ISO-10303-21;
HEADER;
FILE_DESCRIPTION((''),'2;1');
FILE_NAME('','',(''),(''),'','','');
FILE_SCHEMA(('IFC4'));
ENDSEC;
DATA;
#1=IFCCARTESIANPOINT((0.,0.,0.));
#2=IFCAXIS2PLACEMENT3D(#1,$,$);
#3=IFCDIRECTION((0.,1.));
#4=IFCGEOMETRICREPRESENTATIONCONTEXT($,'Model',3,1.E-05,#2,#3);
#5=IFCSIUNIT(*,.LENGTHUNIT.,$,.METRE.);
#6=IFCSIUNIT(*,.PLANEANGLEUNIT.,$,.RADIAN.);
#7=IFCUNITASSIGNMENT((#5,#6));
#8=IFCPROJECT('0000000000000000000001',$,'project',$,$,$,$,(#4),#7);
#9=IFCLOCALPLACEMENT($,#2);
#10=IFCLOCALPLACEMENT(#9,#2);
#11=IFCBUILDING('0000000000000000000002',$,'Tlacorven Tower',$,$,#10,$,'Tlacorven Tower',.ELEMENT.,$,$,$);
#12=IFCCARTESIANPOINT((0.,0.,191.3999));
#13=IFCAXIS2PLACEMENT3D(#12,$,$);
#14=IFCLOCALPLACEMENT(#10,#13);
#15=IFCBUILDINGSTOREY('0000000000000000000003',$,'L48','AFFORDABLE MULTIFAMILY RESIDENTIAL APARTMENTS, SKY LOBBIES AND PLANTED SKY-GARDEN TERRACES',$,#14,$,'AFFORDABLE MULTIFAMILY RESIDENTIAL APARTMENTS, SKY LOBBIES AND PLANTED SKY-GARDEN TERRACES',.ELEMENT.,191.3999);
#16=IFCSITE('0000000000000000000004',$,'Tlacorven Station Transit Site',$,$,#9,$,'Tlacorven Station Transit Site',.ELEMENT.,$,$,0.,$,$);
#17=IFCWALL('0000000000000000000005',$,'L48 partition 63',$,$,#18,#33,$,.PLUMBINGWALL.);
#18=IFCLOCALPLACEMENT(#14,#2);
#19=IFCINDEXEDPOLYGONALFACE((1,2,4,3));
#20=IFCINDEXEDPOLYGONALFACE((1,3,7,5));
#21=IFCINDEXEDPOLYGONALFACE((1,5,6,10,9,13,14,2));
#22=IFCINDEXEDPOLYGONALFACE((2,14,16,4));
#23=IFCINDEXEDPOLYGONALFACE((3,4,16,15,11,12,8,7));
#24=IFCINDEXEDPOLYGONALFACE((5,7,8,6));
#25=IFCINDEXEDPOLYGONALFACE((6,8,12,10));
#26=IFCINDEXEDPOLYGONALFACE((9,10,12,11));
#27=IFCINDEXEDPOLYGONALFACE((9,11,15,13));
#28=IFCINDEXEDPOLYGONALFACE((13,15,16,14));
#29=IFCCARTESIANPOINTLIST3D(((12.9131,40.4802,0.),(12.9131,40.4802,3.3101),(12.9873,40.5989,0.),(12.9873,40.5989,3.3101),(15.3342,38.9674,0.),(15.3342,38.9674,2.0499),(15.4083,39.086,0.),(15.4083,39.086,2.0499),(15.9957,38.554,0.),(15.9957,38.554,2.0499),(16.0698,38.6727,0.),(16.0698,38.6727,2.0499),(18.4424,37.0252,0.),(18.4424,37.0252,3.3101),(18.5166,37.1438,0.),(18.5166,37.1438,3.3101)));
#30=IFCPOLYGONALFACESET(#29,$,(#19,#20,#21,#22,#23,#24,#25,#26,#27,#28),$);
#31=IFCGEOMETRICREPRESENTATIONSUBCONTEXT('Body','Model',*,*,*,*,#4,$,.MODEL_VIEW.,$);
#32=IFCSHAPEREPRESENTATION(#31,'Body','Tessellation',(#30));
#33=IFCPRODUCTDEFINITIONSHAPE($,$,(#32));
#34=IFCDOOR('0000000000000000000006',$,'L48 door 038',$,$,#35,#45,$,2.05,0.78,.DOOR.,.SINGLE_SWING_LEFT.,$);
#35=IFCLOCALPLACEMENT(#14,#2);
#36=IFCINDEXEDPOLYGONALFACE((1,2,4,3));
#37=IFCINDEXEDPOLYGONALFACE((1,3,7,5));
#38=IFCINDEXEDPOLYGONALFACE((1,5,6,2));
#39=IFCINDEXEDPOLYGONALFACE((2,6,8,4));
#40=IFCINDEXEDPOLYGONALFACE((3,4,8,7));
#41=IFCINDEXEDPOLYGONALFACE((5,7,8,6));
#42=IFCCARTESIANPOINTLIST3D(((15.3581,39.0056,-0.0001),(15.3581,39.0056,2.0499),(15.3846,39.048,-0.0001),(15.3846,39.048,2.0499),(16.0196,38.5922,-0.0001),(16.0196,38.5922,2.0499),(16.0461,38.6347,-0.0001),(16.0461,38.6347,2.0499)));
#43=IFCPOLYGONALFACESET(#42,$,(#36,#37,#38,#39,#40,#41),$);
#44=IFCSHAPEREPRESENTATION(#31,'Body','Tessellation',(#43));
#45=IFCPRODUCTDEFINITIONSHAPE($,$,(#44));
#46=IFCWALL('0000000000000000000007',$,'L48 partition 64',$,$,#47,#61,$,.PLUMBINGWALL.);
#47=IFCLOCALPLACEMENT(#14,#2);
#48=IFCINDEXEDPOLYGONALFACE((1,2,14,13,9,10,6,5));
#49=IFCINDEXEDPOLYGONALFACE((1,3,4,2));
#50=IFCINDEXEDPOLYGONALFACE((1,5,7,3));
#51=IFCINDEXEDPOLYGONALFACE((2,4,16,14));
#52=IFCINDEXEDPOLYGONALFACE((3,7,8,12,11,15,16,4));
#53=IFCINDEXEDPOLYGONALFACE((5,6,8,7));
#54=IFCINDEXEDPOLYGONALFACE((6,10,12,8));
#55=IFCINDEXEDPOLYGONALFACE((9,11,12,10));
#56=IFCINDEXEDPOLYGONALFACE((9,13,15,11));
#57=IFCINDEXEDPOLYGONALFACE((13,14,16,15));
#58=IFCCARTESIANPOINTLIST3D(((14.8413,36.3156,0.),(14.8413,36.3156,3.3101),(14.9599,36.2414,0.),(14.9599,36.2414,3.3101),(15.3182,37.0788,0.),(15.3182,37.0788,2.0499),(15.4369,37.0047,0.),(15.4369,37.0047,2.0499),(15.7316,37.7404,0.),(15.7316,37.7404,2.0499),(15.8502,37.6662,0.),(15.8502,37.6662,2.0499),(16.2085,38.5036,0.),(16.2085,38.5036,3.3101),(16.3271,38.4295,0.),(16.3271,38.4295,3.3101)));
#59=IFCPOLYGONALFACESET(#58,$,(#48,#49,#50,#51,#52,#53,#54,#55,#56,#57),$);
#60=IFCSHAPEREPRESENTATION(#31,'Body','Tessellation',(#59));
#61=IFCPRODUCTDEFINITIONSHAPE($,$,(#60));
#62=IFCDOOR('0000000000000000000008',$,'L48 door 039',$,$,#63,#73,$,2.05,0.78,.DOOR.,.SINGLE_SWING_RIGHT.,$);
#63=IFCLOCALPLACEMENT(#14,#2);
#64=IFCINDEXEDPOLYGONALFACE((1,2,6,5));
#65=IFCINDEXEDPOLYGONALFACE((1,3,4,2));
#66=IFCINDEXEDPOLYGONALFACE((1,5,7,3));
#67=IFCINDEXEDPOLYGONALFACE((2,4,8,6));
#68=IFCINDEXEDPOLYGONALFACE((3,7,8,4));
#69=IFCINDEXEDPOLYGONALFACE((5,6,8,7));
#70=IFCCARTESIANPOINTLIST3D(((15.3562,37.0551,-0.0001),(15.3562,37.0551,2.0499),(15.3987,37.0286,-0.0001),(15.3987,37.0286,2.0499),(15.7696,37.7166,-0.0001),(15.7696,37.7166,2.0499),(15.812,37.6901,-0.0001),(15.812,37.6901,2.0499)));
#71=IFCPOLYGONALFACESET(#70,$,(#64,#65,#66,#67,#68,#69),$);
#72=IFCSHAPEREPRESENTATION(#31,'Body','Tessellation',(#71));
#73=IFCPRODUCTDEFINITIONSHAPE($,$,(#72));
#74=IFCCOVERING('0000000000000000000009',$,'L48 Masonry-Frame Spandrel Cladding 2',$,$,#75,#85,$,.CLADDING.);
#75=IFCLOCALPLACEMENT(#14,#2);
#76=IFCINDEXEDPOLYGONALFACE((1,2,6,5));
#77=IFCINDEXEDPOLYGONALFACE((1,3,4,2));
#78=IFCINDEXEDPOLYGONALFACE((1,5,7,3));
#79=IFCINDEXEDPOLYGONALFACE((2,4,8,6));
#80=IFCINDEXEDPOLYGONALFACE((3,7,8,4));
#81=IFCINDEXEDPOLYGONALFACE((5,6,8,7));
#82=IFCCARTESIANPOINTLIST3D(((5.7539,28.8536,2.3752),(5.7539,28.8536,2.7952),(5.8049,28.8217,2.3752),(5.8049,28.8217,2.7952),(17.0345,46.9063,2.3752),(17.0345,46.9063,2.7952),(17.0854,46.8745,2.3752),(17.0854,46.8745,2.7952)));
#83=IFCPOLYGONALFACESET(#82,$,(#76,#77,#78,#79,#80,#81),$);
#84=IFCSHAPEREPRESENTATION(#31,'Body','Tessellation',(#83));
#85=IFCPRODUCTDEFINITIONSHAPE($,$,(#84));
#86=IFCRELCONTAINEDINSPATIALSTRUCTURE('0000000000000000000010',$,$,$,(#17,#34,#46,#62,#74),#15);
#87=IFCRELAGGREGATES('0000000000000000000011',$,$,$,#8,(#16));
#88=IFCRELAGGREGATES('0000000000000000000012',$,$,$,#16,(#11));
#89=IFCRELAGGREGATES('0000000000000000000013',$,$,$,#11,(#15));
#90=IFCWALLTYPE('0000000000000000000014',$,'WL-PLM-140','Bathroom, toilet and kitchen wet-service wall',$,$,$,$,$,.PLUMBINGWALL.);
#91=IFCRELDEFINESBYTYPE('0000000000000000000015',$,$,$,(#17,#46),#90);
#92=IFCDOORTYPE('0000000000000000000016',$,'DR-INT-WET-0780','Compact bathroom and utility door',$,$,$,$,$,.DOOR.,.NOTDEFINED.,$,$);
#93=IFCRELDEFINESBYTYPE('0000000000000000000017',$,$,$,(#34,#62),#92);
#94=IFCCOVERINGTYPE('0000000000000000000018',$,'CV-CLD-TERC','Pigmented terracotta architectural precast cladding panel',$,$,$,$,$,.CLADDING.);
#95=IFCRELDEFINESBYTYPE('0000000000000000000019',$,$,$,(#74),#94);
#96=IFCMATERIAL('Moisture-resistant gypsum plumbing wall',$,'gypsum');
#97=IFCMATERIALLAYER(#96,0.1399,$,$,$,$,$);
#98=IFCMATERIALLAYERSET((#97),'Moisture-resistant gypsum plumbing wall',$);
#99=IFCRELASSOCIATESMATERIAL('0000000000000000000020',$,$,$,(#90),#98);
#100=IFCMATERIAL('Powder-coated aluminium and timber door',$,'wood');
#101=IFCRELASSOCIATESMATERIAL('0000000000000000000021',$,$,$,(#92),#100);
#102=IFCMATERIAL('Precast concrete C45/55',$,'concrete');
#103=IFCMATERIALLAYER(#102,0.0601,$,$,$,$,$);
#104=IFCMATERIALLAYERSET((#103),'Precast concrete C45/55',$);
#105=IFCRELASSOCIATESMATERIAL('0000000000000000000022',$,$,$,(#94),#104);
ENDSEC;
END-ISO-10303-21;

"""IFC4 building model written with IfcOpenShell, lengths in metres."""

from ifc_helpers import new_model, si_unit, direction, frame, frame_2d, origin, origin_2d, place, context, subcontext, project, spatial, rectangle, extrude, source, transform, mapped, material, layer, layer_set, type_object, element, fill, save


model = new_model("IFC4")

# Units and contexts
model_context = context("Model", 3, precision=1e-05, world=origin(), true_north=direction((0.0, 1.0)))
body_context = subcontext(model_context, "Body", "Model", "MODEL_VIEW")
ifc_project = project(units=[si_unit("LENGTHUNIT", "METRE"), si_unit("PLANEANGLEUNIT", "RADIAN")], contexts=[model_context])

# Site, building, storey
site_placement = place(None, origin())
site = spatial("IfcSite", under=ifc_project, at=site_placement, Name="Tlacorven Station Transit Site", LongName="Tlacorven Station Transit Site", CompositionType="ELEMENT", RefElevation=0.0)
building_placement = place(site_placement, origin())
building = spatial("IfcBuilding", under=site, at=building_placement, Name="Tlacorven Tower", LongName="Tlacorven Tower", CompositionType="ELEMENT")
storey_placement = place(building_placement, frame((0.0, 0.0, 191.3999)))
storey = spatial("IfcBuildingStorey", under=building, at=storey_placement, Name="L48", Description="AFFORDABLE MULTIFAMILY RESIDENTIAL APARTMENTS, SKY LOBBIES AND PLANTED SKY-GARDEN TERRACES", LongName="AFFORDABLE MULTIFAMILY RESIDENTIAL APARTMENTS, SKY LOBBIES AND PLANTED SKY-GARDEN TERRACES", CompositionType="ELEMENT", Elevation=191.3999)

# Walls, openings, doors
ifc_material_1 = material(Name="Moisture-resistant gypsum plumbing wall", Category="gypsum")
ifc_layer_1 = layer(ifc_material_1, 0.1399)
ifc_layer_set_1 = layer_set([ifc_layer_1], Name="Moisture-resistant gypsum plumbing wall")
wall_type_1 = type_object("IfcWallType", Name="WL-PLM-140", Description="Bathroom, toilet and kitchen wet-service wall", PredefinedType="PLUMBINGWALL", material=ifc_layer_set_1)
wall_1_placement = place(storey_placement, frame((18.4795, 37.0845, 0.0), z_axis=(0.0, 0.0, 1.0), x_axis=(-0.848049, 0.529918, 0.0)))
wall_1 = element("IfcWall", 1, at=wall_1_placement, inside=storey, type_object=wall_type_1, Name="L48 partition 63", PredefinedType="PLUMBINGWALL", context=body_context, shape_type="SweptSolid", body=[
    extrude(rectangle(XDim=6.52, YDim=0.1399, at=frame_2d((3.26, 0.0))), origin(), (0.0, 0.0, 1.0), 3.3101),
])
opening_1_placement = place(wall_1_placement, frame((2.885, 0.0, 0.0)))
opening_1 = element("IfcOpeningElement", 2, at=opening_1_placement, cuts=wall_1, PredefinedType="OPENING", context=body_context, shape_type="SweptSolid", body=[
    extrude(rectangle(XDim=0.78, YDim=2.05, at=frame_2d((0.3901, 1.0249))), frame((0.0, 0.0801, 0.0), z_axis=(0.0, -1.0, 0.0), x_axis=(1.0, 0.0, 0.0)), (0.0, 0.0, 1.0), 0.1599),
])
ifc_material_2 = material(Name="Powder-coated aluminium and timber door", Category="wood")
door_type = type_object("IfcDoorType", Name="DR-INT-WET-0780", Description="Compact bathroom and utility door", OperationType="NOTDEFINED", PredefinedType="DOOR", material=ifc_material_2)
shared_shape_1 = source(origin(), body_context, "Body", "SweptSolid", [
    extrude(rectangle(XDim=0.78, YDim=2.05, at=frame_2d((0.3901, 1.0249))), frame((0.0, 0.0249, 0.0), z_axis=(0.0, -1.0, 0.0), x_axis=(1.0, 0.0, 0.0)), (0.0, 0.0, 1.0), 0.05),
])
door_1_placement = place(opening_1_placement, origin())
door_1 = element("IfcDoor", 3, at=door_1_placement, inside=storey, type_object=door_type, Name="L48 door 038", OperationType="SINGLE_SWING_LEFT", OverallHeight=2.05, OverallWidth=0.78, PredefinedType="DOOR", context=body_context, shape_type="MappedRepresentation", body=[
    mapped(shared_shape_1, transform((0.0, 0.0, 0.0), scale=1.0)),
])
fill(opening_1, door_1)
wall_2_placement = place(storey_placement, frame((16.2678, 38.4666, 0.0), z_axis=(0.0, 0.0, 1.0), x_axis=(-0.529914, -0.848051, 0.0)))
wall_2 = element("IfcWall", 4, at=wall_2_placement, inside=storey, type_object=wall_type_1, Name="L48 partition 64", PredefinedType="PLUMBINGWALL", context=body_context, shape_type="SweptSolid", body=[
    extrude(rectangle(XDim=2.5801, YDim=0.1399, at=frame_2d((1.29, 0.0))), origin(), (0.0, 0.0, 1.0), 3.3101),
])
opening_2_placement = place(wall_2_placement, frame((0.8999, 0.0, 0.0)))
opening_2 = element("IfcOpeningElement", 5, at=opening_2_placement, cuts=wall_2, PredefinedType="OPENING", context=body_context, shape_type="SweptSolid", body=[
    extrude(rectangle(XDim=0.78, YDim=2.05, at=frame_2d((0.3901, 1.0249))), frame((0.0, 0.0801, 0.0), z_axis=(0.0, -1.0, 0.0), x_axis=(1.0, 0.0, 0.0)), (0.0, 0.0, 1.0), 0.1599),
])
door_2_placement = place(opening_2_placement, origin())
door_2 = element("IfcDoor", 6, at=door_2_placement, inside=storey, type_object=door_type, Name="L48 door 039", OperationType="SINGLE_SWING_RIGHT", OverallHeight=2.05, OverallWidth=0.78, PredefinedType="DOOR", context=body_context, shape_type="MappedRepresentation", body=[
    mapped(shared_shape_1, transform((0.0, 0.0, 0.0), scale=1.0)),
])
fill(opening_2, door_2)

# Covering
ifc_material_3 = material(Name="Precast concrete C45/55", Category="concrete")
ifc_layer_2 = layer(ifc_material_3, 0.0601)
ifc_layer_set_2 = layer_set([ifc_layer_2], Name="Precast concrete C45/55")
covering_type = type_object("IfcCoveringType", Name="CV-CLD-TERC", Description="Pigmented terracotta architectural precast cladding panel", PredefinedType="CLADDING", material=ifc_layer_set_2)
shared_shape_2 = source(origin(), body_context, "Body", "SweptSolid", [
    extrude(rectangle(XDim=21.2874, YDim=0.0601, at=origin_2d()), origin(), (0.0, 0.0, 1.0), 0.4199),
])
covering_placement = place(storey_placement, frame((11.4197, 37.864, 2.3752), z_axis=(0.0, 0.0, 1.0), x_axis=(0.529919, 0.848048, 0.0)))
element("IfcCovering", 7, at=covering_placement, inside=storey, type_object=covering_type, Name="L48 Masonry-Frame Spandrel Cladding 2", PredefinedType="CLADDING", context=body_context, shape_type="MappedRepresentation", body=[
    mapped(shared_shape_2, transform((0.0, 0.0, 0.0), scale=1.0)),
])

save(model, "model.ifc")
